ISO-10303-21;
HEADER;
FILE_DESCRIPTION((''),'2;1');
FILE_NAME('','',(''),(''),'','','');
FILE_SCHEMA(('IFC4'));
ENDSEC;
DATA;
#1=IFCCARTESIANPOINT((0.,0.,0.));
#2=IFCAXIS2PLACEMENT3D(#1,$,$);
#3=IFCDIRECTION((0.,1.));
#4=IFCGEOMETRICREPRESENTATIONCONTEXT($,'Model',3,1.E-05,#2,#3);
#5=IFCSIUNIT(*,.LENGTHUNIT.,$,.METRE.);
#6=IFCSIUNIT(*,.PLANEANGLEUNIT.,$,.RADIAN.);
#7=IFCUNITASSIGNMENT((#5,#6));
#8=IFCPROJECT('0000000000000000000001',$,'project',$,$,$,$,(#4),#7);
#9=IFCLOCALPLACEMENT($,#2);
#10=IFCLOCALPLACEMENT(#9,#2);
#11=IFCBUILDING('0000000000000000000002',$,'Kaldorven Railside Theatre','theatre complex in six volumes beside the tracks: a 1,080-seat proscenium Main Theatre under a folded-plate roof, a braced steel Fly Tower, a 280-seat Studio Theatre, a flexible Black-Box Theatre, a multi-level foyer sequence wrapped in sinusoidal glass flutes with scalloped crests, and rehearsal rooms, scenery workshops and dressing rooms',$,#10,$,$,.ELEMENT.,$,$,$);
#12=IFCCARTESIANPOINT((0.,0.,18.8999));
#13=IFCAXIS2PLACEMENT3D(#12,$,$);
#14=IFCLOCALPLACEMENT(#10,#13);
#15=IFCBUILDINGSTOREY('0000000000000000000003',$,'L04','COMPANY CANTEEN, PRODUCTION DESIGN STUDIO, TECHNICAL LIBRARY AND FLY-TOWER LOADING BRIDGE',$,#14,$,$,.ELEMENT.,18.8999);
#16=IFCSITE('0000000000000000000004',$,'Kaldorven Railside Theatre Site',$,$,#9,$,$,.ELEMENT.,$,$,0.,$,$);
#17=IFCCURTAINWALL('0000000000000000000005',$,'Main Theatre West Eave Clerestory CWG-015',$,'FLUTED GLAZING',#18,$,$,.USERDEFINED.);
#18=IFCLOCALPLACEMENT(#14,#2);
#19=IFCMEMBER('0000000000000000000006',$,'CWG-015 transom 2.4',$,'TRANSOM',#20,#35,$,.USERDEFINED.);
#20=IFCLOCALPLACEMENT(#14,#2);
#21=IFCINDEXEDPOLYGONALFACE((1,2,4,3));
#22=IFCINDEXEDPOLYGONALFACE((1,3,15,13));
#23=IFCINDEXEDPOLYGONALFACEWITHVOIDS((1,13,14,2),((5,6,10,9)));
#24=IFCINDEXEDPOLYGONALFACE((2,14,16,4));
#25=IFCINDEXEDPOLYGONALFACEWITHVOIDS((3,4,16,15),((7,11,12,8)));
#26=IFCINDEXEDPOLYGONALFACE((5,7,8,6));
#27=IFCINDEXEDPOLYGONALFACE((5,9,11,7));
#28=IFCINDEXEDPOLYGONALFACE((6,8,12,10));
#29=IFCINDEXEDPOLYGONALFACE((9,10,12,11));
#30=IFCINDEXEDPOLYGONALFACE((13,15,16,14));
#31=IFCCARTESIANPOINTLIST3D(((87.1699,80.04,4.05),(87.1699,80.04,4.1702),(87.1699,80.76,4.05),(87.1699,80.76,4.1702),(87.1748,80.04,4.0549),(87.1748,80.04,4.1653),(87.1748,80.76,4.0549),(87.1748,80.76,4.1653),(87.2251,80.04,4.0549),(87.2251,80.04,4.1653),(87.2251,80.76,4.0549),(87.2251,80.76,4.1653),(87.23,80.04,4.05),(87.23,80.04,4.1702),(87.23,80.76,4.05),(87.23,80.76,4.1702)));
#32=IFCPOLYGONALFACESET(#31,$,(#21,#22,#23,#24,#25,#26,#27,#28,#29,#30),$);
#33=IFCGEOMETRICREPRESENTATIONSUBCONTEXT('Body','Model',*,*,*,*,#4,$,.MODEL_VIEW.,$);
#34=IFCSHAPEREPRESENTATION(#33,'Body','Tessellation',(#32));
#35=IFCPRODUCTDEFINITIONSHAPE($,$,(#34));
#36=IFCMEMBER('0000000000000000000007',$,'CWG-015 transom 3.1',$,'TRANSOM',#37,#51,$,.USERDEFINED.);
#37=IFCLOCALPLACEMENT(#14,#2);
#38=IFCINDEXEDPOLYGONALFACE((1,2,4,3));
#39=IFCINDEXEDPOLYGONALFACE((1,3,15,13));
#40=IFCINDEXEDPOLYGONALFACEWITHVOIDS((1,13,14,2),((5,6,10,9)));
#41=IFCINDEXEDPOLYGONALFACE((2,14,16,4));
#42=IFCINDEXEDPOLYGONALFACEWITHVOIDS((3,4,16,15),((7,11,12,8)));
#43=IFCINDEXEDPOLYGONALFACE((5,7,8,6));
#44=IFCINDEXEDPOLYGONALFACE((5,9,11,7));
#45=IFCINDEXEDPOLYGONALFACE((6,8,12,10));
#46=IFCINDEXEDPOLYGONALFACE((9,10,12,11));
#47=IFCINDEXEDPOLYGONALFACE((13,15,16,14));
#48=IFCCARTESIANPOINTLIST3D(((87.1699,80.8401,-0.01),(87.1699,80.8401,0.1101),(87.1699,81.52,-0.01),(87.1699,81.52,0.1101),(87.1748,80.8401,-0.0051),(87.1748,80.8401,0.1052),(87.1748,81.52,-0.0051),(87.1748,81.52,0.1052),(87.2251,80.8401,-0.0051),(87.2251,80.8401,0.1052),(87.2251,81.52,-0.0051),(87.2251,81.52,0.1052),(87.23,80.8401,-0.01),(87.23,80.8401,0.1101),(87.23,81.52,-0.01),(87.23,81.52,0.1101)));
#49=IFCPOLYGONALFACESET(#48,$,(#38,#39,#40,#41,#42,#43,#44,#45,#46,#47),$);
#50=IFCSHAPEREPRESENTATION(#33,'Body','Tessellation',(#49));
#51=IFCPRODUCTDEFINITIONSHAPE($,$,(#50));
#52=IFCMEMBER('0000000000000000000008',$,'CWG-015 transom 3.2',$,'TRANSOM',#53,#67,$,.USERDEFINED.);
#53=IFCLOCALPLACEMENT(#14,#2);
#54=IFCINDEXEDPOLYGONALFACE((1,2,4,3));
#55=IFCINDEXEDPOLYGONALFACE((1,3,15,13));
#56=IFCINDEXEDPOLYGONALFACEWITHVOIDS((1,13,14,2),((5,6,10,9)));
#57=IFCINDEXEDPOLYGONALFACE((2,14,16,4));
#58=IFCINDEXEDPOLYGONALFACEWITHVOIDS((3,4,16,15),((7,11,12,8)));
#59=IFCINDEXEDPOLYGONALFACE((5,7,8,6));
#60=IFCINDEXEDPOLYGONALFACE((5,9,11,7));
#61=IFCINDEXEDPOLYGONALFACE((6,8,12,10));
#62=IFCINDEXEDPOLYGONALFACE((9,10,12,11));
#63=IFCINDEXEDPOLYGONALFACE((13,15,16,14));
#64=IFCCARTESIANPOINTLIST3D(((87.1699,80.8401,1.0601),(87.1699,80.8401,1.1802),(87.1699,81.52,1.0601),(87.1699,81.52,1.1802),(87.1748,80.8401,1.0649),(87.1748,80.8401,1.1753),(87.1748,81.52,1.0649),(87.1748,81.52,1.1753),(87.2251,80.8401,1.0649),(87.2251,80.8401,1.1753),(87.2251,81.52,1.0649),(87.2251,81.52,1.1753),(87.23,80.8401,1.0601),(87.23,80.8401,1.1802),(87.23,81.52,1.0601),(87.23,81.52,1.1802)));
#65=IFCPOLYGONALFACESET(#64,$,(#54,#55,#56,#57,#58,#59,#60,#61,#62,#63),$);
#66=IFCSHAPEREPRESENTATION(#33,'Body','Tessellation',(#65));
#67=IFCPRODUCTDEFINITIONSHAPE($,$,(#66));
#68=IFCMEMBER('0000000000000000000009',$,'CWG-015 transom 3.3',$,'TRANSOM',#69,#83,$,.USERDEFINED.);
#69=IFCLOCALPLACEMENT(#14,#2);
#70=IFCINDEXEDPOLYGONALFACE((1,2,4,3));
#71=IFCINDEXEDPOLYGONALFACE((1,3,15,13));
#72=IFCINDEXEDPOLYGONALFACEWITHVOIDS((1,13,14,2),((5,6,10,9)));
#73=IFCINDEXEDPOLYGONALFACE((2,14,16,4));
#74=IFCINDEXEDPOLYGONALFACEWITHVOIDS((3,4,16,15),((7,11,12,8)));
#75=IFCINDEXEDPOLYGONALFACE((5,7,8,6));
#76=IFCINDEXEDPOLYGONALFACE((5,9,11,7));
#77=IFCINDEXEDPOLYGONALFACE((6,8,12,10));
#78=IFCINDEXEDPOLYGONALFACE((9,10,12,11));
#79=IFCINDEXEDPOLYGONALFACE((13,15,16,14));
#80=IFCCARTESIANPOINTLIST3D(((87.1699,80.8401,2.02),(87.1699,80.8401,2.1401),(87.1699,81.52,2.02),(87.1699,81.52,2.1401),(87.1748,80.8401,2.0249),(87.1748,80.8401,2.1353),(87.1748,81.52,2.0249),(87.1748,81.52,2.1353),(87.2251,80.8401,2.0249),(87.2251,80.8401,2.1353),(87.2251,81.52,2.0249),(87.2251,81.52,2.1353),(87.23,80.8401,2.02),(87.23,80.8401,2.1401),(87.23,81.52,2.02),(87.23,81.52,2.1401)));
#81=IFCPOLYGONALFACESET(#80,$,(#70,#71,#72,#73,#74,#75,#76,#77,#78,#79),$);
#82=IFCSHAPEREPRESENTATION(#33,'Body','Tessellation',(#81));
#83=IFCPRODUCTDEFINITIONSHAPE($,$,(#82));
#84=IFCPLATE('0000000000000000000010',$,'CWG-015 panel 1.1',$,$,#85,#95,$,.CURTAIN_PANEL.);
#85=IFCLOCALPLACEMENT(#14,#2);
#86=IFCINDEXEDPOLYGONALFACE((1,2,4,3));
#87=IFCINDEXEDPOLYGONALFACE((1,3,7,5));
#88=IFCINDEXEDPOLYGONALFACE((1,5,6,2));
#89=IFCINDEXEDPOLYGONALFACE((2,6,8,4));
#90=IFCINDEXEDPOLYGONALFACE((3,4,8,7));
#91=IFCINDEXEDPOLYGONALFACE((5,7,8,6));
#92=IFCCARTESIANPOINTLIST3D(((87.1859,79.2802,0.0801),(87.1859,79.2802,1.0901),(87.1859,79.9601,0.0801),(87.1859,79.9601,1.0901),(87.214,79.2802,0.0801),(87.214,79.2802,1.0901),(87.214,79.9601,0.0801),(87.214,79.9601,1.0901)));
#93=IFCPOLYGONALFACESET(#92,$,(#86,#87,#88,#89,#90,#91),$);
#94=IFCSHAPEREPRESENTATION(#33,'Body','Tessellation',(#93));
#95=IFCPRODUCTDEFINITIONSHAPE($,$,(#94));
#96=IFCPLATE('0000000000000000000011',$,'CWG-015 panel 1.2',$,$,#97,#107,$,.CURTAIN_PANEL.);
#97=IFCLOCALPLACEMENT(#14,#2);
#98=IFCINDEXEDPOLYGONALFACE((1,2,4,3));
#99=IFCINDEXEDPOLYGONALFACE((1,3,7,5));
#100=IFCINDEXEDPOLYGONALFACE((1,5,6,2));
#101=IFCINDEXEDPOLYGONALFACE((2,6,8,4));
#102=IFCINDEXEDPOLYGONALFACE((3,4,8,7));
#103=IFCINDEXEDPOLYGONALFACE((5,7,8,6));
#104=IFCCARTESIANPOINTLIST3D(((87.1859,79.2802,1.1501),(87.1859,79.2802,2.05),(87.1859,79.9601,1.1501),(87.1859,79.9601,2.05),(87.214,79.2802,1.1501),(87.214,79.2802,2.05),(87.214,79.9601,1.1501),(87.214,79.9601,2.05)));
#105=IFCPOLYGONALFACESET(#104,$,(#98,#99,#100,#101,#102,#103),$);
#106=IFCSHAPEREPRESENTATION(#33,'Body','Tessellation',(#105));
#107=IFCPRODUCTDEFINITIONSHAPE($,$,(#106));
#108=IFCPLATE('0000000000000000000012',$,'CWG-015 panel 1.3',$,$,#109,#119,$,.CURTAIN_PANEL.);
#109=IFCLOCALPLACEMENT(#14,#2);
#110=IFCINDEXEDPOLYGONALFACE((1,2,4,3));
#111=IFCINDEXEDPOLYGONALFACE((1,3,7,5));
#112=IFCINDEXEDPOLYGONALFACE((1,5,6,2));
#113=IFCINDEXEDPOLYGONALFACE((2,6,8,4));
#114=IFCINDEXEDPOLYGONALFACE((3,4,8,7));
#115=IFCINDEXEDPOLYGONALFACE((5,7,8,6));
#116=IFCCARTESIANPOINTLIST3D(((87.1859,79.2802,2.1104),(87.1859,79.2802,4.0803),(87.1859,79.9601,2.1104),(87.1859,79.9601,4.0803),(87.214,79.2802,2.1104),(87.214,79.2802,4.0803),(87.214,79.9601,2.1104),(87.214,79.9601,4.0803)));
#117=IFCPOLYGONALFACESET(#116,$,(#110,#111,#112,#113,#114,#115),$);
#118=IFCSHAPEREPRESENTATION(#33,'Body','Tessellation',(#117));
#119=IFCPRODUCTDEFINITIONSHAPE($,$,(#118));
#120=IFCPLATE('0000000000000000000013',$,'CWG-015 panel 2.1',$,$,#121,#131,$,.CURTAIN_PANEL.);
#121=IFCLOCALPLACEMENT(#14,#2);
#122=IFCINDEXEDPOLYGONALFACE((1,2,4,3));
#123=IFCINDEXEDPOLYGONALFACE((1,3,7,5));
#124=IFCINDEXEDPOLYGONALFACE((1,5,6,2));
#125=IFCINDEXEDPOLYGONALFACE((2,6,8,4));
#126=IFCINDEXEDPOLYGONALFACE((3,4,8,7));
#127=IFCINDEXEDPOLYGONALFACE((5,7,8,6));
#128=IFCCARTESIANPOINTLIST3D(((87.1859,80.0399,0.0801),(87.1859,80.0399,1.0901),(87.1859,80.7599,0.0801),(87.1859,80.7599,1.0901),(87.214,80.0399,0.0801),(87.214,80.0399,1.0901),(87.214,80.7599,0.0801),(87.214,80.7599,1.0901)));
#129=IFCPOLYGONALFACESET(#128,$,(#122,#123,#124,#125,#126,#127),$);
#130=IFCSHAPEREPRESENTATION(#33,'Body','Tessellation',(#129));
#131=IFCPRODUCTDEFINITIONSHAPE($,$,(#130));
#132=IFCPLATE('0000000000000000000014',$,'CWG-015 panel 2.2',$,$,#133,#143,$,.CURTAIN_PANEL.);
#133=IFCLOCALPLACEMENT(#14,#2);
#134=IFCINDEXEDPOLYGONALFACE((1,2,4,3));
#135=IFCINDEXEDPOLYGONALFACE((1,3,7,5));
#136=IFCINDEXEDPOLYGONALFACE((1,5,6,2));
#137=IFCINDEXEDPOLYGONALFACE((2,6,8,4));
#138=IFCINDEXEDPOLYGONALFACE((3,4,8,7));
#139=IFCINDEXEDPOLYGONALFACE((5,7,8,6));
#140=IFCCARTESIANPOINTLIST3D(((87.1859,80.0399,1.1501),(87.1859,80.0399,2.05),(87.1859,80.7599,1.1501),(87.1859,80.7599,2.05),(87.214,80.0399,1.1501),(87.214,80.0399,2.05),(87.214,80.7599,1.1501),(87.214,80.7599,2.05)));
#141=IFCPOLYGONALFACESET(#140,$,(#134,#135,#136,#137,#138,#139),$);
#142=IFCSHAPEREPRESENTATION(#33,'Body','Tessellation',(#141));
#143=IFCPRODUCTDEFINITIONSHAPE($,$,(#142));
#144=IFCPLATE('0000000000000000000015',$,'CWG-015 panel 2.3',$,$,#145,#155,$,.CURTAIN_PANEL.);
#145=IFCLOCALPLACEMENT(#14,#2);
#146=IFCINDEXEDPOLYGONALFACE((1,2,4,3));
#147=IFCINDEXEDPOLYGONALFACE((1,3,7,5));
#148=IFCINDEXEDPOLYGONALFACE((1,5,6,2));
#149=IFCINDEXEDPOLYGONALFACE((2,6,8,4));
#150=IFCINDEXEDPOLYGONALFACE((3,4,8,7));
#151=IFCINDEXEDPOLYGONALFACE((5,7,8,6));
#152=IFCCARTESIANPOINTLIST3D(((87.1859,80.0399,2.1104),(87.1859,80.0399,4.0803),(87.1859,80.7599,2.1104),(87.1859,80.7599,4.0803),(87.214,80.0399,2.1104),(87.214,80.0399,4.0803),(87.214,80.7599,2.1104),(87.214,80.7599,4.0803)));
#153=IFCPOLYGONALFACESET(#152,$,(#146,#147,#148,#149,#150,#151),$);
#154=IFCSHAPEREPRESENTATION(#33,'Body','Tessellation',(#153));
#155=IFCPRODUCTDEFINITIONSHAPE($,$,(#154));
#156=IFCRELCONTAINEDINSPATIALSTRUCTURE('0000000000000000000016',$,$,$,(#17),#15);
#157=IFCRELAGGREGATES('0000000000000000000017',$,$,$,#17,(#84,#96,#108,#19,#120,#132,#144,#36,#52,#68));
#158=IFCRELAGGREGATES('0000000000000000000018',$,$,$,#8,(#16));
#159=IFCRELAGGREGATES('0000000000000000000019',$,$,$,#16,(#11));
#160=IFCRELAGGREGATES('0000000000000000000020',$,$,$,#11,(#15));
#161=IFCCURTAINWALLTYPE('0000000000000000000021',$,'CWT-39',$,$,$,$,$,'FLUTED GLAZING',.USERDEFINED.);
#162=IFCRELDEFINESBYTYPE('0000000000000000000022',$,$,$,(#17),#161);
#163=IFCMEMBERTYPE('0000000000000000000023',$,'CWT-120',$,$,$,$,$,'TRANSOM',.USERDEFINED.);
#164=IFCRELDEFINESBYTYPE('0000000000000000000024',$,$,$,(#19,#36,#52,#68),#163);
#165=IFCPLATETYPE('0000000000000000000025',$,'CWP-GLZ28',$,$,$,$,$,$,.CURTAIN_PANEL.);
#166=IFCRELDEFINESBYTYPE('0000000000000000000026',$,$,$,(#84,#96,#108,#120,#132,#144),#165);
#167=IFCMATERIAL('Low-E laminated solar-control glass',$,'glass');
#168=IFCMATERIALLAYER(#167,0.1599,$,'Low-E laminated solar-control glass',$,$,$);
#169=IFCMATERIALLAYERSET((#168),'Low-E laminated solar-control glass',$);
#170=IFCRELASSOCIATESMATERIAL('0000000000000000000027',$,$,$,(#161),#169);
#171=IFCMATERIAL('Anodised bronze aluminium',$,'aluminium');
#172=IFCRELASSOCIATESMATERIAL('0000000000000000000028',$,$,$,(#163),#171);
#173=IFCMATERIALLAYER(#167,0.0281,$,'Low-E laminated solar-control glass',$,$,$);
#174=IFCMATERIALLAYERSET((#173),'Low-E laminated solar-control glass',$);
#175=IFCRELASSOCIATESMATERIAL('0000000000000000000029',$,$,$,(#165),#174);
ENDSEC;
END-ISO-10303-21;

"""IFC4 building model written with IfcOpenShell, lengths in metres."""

from ifc_helpers import new_model, si_unit, direction, frame, origin, origin_2d, place, context, subcontext, project, spatial, rectangle, hollow_rectangle, extrude, material, layer, layer_set, material_profile, profile_set, type_object, element, aggregate, save


model = new_model("IFC4")

# Units and contexts
model_context = context("Model", 3, precision=1e-05, world=origin(), true_north=direction((0.0, 1.0)))
body_context = subcontext(model_context, "Body", "Model", "MODEL_VIEW")
ifc_project = project(units=[si_unit("LENGTHUNIT", "METRE"), si_unit("PLANEANGLEUNIT", "RADIAN")], contexts=[model_context])

# Site, building, storey
site_placement = place(None, origin())
site = spatial("IfcSite", under=ifc_project, at=site_placement, Name="Kaldorven Railside Theatre Site", CompositionType="ELEMENT", RefElevation=0.0)
building_placement = place(site_placement, origin())
building = spatial("IfcBuilding", under=site, at=building_placement, Name="Kaldorven Railside Theatre", Description="theatre complex in six volumes beside the tracks: a 1,080-seat proscenium Main Theatre under a folded-plate roof, a braced steel Fly Tower, a 280-seat Studio Theatre, a flexible Black-Box Theatre, a multi-level foyer sequence wrapped in sinusoidal glass flutes with scalloped crests, and rehearsal rooms, scenery workshops and dressing rooms", CompositionType="ELEMENT")
storey_placement = place(building_placement, frame((0.0, 0.0, 18.8999)))
storey = spatial("IfcBuildingStorey", under=building, at=storey_placement, Name="L04", Description="COMPANY CANTEEN, PRODUCTION DESIGN STUDIO, TECHNICAL LIBRARY AND FLY-TOWER LOADING BRIDGE", CompositionType="ELEMENT", Elevation=18.8999)

# Shared definitions
ifc_material_1 = material(Name="Low-E laminated solar-control glass", Category="glass")
ifc_material_2 = material(Name="Anodised bronze aluminium", Category="aluminium")

# Curtain wall, members, plates
ifc_layer_1 = layer(ifc_material_1, 0.1599, Name="Low-E laminated solar-control glass")
ifc_layer_set_1 = layer_set([ifc_layer_1], Name="Low-E laminated solar-control glass")
curtain_wall_type_1 = type_object("IfcCurtainWallType", Name="CWT-39", ElementType="FLUTED GLAZING", PredefinedType="USERDEFINED", material=ifc_layer_set_1)
curtain_wall_1_placement = place(storey_placement, origin())
curtain_wall_1 = element("IfcCurtainWall", 1, at=curtain_wall_1_placement, inside=storey, type_object=curtain_wall_type_1, Name="Main Theatre West Eave Clerestory CWG-015", ObjectType="FLUTED GLAZING", PredefinedType="USERDEFINED")
ifc_material_profile_1 = material_profile(ifc_material_2, hollow_rectangle(XDim=0.0601, YDim=0.1201, WallThickness=0.0049, at=origin_2d()), Name="RHS 120x60x5")
ifc_profile_set_1 = profile_set([ifc_material_profile_1], Name="Anodised bronze aluminium")
member_type_1 = type_object("IfcMemberType", Name="CWT-120", ElementType="TRANSOM", PredefinedType="USERDEFINED", material=ifc_profile_set_1)
member_1_placement = place(storey_placement, frame((87.2, 80.04, 4.1101), z_axis=(0.0, 1.0, 0.0), x_axis=(-1.0, 0.0, 0.0)))
member_1 = element("IfcMember", 2, at=member_1_placement, type_object=member_type_1, Name="CWG-015 transom 2.4", ObjectType="TRANSOM", PredefinedType="USERDEFINED", context=body_context, shape_type="SweptSolid", body=[
    extrude(hollow_rectangle(XDim=0.0601, YDim=0.1201, WallThickness=0.0049, at=origin_2d()), origin(), (0.0, 0.0, 1.0), 0.72),
])
member_2_placement = place(storey_placement, frame((87.2, 80.8401, 0.05), z_axis=(0.0, 1.0, 0.0), x_axis=(-1.0, 0.0, 0.0)))
member_2 = element("IfcMember", 3, at=member_2_placement, type_object=member_type_1, Name="CWG-015 transom 3.1", ObjectType="TRANSOM", PredefinedType="USERDEFINED", context=body_context, shape_type="SweptSolid", body=[
    extrude(hollow_rectangle(XDim=0.0601, YDim=0.1201, WallThickness=0.0049, at=origin_2d()), origin(), (0.0, 0.0, 1.0), 0.6799),
])
member_3_placement = place(storey_placement, frame((87.2, 80.8401, 1.1201), z_axis=(0.0, 1.0, 0.0), x_axis=(-1.0, 0.0, 0.0)))
member_3 = element("IfcMember", 4, at=member_3_placement, type_object=member_type_1, Name="CWG-015 transom 3.2", ObjectType="TRANSOM", PredefinedType="USERDEFINED", context=body_context, shape_type="SweptSolid", body=[
    extrude(hollow_rectangle(XDim=0.0601, YDim=0.1201, WallThickness=0.0049, at=origin_2d()), origin(), (0.0, 0.0, 1.0), 0.6799),
])
member_4_placement = place(storey_placement, frame((87.2, 80.8401, 2.0801), z_axis=(0.0, 1.0, 0.0), x_axis=(-1.0, 0.0, 0.0)))
member_4 = element("IfcMember", 5, at=member_4_placement, type_object=member_type_1, Name="CWG-015 transom 3.3", ObjectType="TRANSOM", PredefinedType="USERDEFINED", context=body_context, shape_type="SweptSolid", body=[
    extrude(hollow_rectangle(XDim=0.0601, YDim=0.1201, WallThickness=0.0049, at=origin_2d()), origin(), (0.0, 0.0, 1.0), 0.6799),
])
ifc_layer_2 = layer(ifc_material_1, 0.0281, Name="Low-E laminated solar-control glass")
ifc_layer_set_2 = layer_set([ifc_layer_2], Name="Low-E laminated solar-control glass")
plate_type = type_object("IfcPlateType", Name="CWP-GLZ28", PredefinedType="CURTAIN_PANEL", material=ifc_layer_set_2)
plate_1_placement = place(storey_placement, frame((87.2, 79.6201, 0.0801), z_axis=(0.0, 0.0, 1.0), x_axis=(0.0, 1.0, 0.0)))
plate_1 = element("IfcPlate", 6, at=plate_1_placement, type_object=plate_type, Name="CWG-015 panel 1.1", PredefinedType="CURTAIN_PANEL", context=body_context, shape_type="SweptSolid", body=[
    extrude(rectangle(XDim=0.6799, YDim=0.0281, at=origin_2d()), origin(), (0.0, 0.0, 1.0), 1.01),
])
plate_2_placement = place(storey_placement, frame((87.2, 79.6201, 1.1501), z_axis=(0.0, 0.0, 1.0), x_axis=(0.0, 1.0, 0.0)))
plate_2 = element("IfcPlate", 7, at=plate_2_placement, type_object=plate_type, Name="CWG-015 panel 1.2", PredefinedType="CURTAIN_PANEL", context=body_context, shape_type="SweptSolid", body=[
    extrude(rectangle(XDim=0.6799, YDim=0.0281, at=origin_2d()), origin(), (0.0, 0.0, 1.0), 0.8999),
])
plate_3_placement = place(storey_placement, frame((87.2, 79.6201, 2.1104), z_axis=(0.0, 0.0, 1.0), x_axis=(0.0, 1.0, 0.0)))
plate_3 = element("IfcPlate", 8, at=plate_3_placement, type_object=plate_type, Name="CWG-015 panel 1.3", PredefinedType="CURTAIN_PANEL", context=body_context, shape_type="SweptSolid", body=[
    extrude(rectangle(XDim=0.6799, YDim=0.0281, at=origin_2d()), origin(), (0.0, 0.0, 1.0), 1.97),
])
plate_4_placement = place(storey_placement, frame((87.2, 80.3999, 0.0801), z_axis=(0.0, 0.0, 1.0), x_axis=(0.0, 1.0, 0.0)))
plate_4 = element("IfcPlate", 9, at=plate_4_placement, type_object=plate_type, Name="CWG-015 panel 2.1", PredefinedType="CURTAIN_PANEL", context=body_context, shape_type="SweptSolid", body=[
    extrude(rectangle(XDim=0.72, YDim=0.0281, at=origin_2d()), origin(), (0.0, 0.0, 1.0), 1.01),
])
plate_5_placement = place(storey_placement, frame((87.2, 80.3999, 1.1501), z_axis=(0.0, 0.0, 1.0), x_axis=(0.0, 1.0, 0.0)))
plate_5 = element("IfcPlate", 10, at=plate_5_placement, type_object=plate_type, Name="CWG-015 panel 2.2", PredefinedType="CURTAIN_PANEL", context=body_context, shape_type="SweptSolid", body=[
    extrude(rectangle(XDim=0.72, YDim=0.0281, at=origin_2d()), origin(), (0.0, 0.0, 1.0), 0.8999),
])
plate_6_placement = place(storey_placement, frame((87.2, 80.3999, 2.1104), z_axis=(0.0, 0.0, 1.0), x_axis=(0.0, 1.0, 0.0)))
plate_6 = element("IfcPlate", 11, at=plate_6_placement, type_object=plate_type, Name="CWG-015 panel 2.3", PredefinedType="CURTAIN_PANEL", context=body_context, shape_type="SweptSolid", body=[
    extrude(rectangle(XDim=0.72, YDim=0.0281, at=origin_2d()), origin(), (0.0, 0.0, 1.0), 1.97),
])
aggregate(curtain_wall_1, [plate_1, plate_2, plate_3, member_1, plate_4, plate_5, plate_6, member_2, member_3, member_4])

save(model, "model.ifc")
